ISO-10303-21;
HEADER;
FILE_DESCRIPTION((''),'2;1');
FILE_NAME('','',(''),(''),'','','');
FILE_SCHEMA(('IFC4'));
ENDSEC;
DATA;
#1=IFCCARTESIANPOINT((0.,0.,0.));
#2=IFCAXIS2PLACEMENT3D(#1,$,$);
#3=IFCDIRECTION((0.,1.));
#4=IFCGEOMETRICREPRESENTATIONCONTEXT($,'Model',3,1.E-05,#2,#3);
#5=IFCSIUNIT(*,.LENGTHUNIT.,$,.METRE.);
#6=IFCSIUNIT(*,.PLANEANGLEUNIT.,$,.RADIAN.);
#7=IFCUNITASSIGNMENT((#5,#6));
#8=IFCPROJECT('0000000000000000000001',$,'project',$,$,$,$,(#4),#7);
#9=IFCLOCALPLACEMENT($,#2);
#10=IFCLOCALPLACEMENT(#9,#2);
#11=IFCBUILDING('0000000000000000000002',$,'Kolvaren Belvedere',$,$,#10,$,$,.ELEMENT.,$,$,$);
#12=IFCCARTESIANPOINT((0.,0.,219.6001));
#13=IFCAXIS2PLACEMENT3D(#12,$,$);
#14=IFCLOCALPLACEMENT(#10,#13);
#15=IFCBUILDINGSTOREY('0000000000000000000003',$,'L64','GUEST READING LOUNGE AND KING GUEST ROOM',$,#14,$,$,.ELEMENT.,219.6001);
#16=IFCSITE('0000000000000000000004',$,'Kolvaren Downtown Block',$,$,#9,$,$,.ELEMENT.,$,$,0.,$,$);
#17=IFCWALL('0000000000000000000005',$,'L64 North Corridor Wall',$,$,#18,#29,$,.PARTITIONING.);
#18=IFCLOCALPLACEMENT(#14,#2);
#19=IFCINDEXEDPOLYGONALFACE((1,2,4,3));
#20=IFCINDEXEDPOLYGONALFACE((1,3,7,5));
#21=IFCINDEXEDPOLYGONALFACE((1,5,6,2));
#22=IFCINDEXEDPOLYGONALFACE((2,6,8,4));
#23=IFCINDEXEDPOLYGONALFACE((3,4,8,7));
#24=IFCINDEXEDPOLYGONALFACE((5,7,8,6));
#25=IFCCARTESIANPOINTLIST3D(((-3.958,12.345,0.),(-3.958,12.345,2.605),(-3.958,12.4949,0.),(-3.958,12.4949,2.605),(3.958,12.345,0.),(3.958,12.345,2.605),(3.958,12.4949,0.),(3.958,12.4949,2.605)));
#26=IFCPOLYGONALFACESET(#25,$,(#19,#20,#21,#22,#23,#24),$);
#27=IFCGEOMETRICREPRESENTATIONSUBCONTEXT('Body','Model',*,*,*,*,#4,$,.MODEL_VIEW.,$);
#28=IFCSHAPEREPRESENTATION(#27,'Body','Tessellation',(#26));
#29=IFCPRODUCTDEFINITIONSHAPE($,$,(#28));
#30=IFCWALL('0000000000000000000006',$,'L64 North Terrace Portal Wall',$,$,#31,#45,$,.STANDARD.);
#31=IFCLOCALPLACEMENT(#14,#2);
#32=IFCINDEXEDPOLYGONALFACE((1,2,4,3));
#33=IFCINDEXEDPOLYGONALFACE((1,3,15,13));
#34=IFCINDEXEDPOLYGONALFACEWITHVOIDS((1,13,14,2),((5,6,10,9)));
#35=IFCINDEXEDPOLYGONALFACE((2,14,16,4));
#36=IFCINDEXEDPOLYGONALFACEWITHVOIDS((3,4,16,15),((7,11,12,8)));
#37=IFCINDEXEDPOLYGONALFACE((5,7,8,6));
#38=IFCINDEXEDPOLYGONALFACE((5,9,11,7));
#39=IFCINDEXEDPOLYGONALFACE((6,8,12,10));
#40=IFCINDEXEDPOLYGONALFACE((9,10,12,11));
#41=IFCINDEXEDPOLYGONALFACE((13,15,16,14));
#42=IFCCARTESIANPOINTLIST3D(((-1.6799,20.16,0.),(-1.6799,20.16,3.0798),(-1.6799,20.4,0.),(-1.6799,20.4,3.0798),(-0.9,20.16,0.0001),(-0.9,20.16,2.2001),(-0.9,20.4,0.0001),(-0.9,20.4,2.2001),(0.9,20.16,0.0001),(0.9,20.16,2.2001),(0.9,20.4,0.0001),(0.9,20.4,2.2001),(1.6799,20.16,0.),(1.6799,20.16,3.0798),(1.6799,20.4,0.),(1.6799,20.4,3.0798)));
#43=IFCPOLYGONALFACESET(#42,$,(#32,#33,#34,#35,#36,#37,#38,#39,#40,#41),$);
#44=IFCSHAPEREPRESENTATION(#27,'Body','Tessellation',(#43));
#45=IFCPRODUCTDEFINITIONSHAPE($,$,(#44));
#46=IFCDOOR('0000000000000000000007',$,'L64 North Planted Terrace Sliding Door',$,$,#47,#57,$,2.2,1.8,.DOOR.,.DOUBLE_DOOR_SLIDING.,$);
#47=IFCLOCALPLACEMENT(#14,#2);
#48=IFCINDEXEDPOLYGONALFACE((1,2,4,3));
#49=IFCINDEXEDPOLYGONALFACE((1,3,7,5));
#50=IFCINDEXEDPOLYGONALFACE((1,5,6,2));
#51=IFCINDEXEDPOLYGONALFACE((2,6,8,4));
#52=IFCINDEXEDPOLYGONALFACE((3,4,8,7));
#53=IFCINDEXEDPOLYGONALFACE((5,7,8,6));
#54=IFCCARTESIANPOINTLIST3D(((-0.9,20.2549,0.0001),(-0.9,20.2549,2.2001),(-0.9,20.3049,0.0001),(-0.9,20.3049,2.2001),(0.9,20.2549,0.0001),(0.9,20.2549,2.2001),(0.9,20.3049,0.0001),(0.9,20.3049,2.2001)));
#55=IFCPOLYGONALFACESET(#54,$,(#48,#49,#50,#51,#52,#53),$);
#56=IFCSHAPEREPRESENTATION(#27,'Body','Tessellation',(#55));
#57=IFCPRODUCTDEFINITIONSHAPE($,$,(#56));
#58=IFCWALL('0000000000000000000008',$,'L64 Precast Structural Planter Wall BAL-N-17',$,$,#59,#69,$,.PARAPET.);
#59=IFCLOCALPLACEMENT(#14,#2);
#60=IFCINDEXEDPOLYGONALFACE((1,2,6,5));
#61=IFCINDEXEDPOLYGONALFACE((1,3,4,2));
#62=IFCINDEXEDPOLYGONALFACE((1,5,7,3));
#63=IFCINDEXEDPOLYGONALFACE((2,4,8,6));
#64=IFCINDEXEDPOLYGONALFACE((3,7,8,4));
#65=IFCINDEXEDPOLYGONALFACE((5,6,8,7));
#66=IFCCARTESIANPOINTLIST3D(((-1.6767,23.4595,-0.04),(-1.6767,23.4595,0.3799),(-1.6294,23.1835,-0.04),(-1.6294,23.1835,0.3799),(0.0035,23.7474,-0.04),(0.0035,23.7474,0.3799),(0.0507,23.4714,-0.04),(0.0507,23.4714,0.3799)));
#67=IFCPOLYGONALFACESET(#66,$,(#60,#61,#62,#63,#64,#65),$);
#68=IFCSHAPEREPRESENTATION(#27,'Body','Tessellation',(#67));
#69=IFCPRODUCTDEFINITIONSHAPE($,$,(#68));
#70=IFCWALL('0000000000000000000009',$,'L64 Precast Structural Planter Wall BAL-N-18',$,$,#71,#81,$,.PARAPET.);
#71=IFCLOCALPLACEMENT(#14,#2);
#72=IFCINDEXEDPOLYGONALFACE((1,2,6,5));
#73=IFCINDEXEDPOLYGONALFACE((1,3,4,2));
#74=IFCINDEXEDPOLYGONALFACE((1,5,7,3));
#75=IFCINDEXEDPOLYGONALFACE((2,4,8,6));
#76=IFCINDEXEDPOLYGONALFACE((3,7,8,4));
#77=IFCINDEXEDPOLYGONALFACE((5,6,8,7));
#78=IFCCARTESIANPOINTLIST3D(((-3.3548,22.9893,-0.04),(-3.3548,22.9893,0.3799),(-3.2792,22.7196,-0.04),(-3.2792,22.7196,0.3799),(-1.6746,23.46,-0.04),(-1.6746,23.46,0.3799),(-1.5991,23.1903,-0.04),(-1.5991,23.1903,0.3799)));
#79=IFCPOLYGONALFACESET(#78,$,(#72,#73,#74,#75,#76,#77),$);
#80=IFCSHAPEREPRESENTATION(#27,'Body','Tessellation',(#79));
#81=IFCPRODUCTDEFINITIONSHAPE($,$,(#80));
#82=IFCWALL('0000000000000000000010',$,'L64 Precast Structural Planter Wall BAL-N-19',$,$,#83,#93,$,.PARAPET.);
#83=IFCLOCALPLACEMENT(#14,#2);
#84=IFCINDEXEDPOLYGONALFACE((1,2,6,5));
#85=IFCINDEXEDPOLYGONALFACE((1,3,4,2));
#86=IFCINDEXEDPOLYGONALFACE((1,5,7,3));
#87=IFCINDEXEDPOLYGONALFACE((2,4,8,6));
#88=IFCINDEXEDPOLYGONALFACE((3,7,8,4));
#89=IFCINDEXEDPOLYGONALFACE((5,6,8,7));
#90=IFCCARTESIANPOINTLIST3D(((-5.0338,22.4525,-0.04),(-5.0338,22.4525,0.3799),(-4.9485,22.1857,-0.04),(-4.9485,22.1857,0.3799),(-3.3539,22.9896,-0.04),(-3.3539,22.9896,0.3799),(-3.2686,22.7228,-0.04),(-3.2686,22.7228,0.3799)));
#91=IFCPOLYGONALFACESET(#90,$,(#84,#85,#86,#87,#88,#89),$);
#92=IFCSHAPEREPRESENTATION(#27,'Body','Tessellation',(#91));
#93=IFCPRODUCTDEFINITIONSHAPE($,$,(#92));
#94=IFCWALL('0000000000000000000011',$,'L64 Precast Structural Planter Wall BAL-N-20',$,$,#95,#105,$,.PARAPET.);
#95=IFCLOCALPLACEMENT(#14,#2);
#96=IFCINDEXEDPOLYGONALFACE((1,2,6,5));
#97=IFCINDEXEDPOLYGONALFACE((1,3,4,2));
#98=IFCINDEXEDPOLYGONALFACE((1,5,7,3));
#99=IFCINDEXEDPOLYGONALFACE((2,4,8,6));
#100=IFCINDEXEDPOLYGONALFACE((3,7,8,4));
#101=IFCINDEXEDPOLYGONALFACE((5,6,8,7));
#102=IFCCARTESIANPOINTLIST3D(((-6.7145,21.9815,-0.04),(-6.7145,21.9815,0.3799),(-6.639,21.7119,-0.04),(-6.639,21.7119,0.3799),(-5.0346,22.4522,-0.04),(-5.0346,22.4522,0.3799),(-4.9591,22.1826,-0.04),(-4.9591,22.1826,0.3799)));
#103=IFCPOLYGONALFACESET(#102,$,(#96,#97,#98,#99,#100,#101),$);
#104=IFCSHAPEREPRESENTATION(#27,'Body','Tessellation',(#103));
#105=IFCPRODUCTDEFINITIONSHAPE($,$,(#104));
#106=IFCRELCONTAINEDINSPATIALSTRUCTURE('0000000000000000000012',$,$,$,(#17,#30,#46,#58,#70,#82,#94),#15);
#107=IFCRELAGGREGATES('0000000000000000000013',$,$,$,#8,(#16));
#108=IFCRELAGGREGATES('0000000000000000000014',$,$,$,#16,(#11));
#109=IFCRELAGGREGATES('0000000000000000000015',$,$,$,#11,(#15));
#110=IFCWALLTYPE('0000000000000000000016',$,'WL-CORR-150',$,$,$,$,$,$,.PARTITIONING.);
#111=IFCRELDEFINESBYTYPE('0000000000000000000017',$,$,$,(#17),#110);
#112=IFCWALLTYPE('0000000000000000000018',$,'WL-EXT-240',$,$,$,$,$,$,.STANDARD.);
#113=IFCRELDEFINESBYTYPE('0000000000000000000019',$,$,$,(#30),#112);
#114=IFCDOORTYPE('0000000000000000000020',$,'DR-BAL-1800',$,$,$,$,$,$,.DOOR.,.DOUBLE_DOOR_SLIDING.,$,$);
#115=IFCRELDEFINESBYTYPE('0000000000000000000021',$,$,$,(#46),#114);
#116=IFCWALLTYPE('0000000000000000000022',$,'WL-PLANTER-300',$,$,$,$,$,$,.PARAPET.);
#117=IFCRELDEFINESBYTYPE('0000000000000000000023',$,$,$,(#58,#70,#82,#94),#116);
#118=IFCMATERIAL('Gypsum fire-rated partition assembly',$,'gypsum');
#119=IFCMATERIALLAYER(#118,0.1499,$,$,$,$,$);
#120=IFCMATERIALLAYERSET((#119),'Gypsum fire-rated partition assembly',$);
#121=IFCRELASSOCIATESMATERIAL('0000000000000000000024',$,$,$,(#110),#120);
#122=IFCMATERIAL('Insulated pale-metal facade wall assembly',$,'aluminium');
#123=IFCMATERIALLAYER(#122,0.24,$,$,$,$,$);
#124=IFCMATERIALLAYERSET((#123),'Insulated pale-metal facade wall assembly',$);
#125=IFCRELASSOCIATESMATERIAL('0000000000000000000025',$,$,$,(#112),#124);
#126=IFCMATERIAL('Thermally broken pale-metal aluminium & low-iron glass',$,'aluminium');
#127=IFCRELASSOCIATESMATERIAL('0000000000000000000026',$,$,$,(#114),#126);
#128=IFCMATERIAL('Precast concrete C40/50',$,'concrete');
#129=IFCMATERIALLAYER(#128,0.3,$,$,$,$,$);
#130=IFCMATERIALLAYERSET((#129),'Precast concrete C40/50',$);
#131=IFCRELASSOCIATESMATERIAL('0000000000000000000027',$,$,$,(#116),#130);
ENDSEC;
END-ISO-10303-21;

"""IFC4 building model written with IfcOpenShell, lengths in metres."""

from ifc_helpers import new_model, si_unit, direction, frame, frame_2d, origin, place, context, subcontext, project, spatial, rectangle, extrude, material, layer, layer_set, type_object, element, fill, save


model = new_model("IFC4")

# Units and contexts
model_context = context("Model", 3, precision=1e-05, world=origin(), true_north=direction((0.0, 1.0)))
body_context = subcontext(model_context, "Body", "Model", "MODEL_VIEW")
ifc_project = project(units=[si_unit("LENGTHUNIT", "METRE"), si_unit("PLANEANGLEUNIT", "RADIAN")], contexts=[model_context])

# Site, building, storey
site_placement = place(None, origin())
site = spatial("IfcSite", under=ifc_project, at=site_placement, Name="Kolvaren Downtown Block", CompositionType="ELEMENT", RefElevation=0.0)
building_placement = place(site_placement, origin())
building = spatial("IfcBuilding", under=site, at=building_placement, Name="Kolvaren Belvedere", CompositionType="ELEMENT")
storey_placement = place(building_placement, frame((0.0, 0.0, 219.6001)))
storey = spatial("IfcBuildingStorey", under=building, at=storey_placement, Name="L64", Description="GUEST READING LOUNGE AND KING GUEST ROOM", CompositionType="ELEMENT", Elevation=219.6001)

# Wall
ifc_material_1 = material(Name="Gypsum fire-rated partition assembly", Category="gypsum")
ifc_layer_1 = layer(ifc_material_1, 0.1499)
ifc_layer_set_1 = layer_set([ifc_layer_1], Name="Gypsum fire-rated partition assembly")
wall_type_1 = type_object("IfcWallType", Name="WL-CORR-150", PredefinedType="PARTITIONING", material=ifc_layer_set_1)
wall_1_placement = place(storey_placement, frame((-3.958, 12.4199, 0.0), z_axis=(0.0, 0.0, 1.0), x_axis=(1.0, 0.0, 0.0)))
element("IfcWall", 1, at=wall_1_placement, inside=storey, type_object=wall_type_1, Name="L64 North Corridor Wall", PredefinedType="PARTITIONING", context=body_context, shape_type="SweptSolid", body=[
    extrude(rectangle(XDim=7.916, YDim=0.1499, at=frame_2d((3.958, 0.0))), origin(), (0.0, 0.0, 1.0), 2.605),
])

# Wall, opening, door
ifc_material_2 = material(Name="Insulated pale-metal facade wall assembly", Category="aluminium")
ifc_layer_2 = layer(ifc_material_2, 0.24)
ifc_layer_set_2 = layer_set([ifc_layer_2], Name="Insulated pale-metal facade wall assembly")
wall_type_2 = type_object("IfcWallType", Name="WL-EXT-240", PredefinedType="STANDARD", material=ifc_layer_set_2)
wall_2_placement = place(storey_placement, frame((-1.6799, 20.28, 0.0), z_axis=(0.0, 0.0, 1.0), x_axis=(1.0, 0.0, 0.0)))
wall_2 = element("IfcWall", 2, at=wall_2_placement, inside=storey, type_object=wall_type_2, Name="L64 North Terrace Portal Wall", PredefinedType="STANDARD", context=body_context, shape_type="SweptSolid", body=[
    extrude(rectangle(XDim=3.3599, YDim=0.24, at=frame_2d((1.6799, 0.0))), origin(), (0.0, 0.0, 1.0), 3.0798),
])
opening_placement = place(wall_2_placement, frame((0.78, 0.0, 0.0)))
opening = element("IfcOpeningElement", 3, at=opening_placement, cuts=wall_2, PredefinedType="OPENING", context=body_context, shape_type="SweptSolid", body=[
    extrude(rectangle(XDim=1.8, YDim=2.2, at=frame_2d((0.8999, 1.1001))), frame((0.0, 0.1299, 0.0), z_axis=(0.0, -1.0, 0.0), x_axis=(1.0, 0.0, 0.0)), (0.0, 0.0, 1.0), 0.26),
])
ifc_material_3 = material(Name="Thermally broken pale-metal aluminium & low-iron glass", Category="aluminium")
door_type = type_object("IfcDoorType", Name="DR-BAL-1800", OperationType="DOUBLE_DOOR_SLIDING", PredefinedType="DOOR", material=ifc_material_3)
door_placement = place(opening_placement, origin())
door = element("IfcDoor", 4, at=door_placement, inside=storey, type_object=door_type, Name="L64 North Planted Terrace Sliding Door", OperationType="DOUBLE_DOOR_SLIDING", OverallHeight=2.2, OverallWidth=1.8, PredefinedType="DOOR", context=body_context, shape_type="SweptSolid", body=[
    extrude(rectangle(XDim=1.8, YDim=2.2, at=frame_2d((0.8999, 1.1001))), frame((0.0, 0.0249, 0.0), z_axis=(0.0, -1.0, 0.0), x_axis=(1.0, 0.0, 0.0)), (0.0, 0.0, 1.0), 0.05),
])
fill(opening, door)

# Walls
ifc_material_4 = material(Name="Precast concrete C40/50", Category="concrete")
ifc_layer_3 = layer(ifc_material_4, 0.3)
ifc_layer_set_3 = layer_set([ifc_layer_3], Name="Precast concrete C40/50")
wall_type_3 = type_object("IfcWallType", Name="WL-PLANTER-300", PredefinedType="PARAPET", material=ifc_layer_set_3)
wall_3_placement = place(storey_placement, frame((0.0271, 23.6094, -0.04), z_axis=(0.0, 0.0, 1.0), x_axis=(-0.985641, -0.168856, 0.0)))
element("IfcWall", 5, at=wall_3_placement, inside=storey, type_object=wall_type_3, Name="L64 Precast Structural Planter Wall BAL-N-17", PredefinedType="PARAPET", context=body_context, shape_type="SweptSolid", body=[
    extrude(rectangle(XDim=1.7046, YDim=0.28, at=frame_2d((0.8523, 0.0))), origin(), (0.0, 0.0, 1.0), 0.4199),
])
wall_4_placement = place(storey_placement, frame((-1.6367, 23.3252, -0.04), z_axis=(0.0, 0.0, 1.0), x_axis=(-0.962926, -0.269765, 0.0)))
element("IfcWall", 6, at=wall_4_placement, inside=storey, type_object=wall_type_3, Name="L64 Precast Structural Planter Wall BAL-N-18", PredefinedType="PARAPET", context=body_context, shape_type="SweptSolid", body=[
    extrude(rectangle(XDim=1.7449, YDim=0.28, at=frame_2d((0.8726, 0.0))), origin(), (0.0, 0.0, 1.0), 0.4199),
])
wall_5_placement = place(storey_placement, frame((-3.3113, 22.8562, -0.04), z_axis=(0.0, 0.0, 1.0), x_axis=(-0.952501, -0.304535, 0.0)))
element("IfcWall", 7, at=wall_5_placement, inside=storey, type_object=wall_type_3, Name="L64 Precast Structural Planter Wall BAL-N-19", PredefinedType="PARAPET", context=body_context, shape_type="SweptSolid", body=[
    extrude(rectangle(XDim=1.7637, YDim=0.28, at=frame_2d((0.8818, 0.0))), origin(), (0.0, 0.0, 1.0), 0.4199),
])
wall_6_placement = place(storey_placement, frame((-4.9968, 22.3174, -0.04), z_axis=(0.0, 0.0, 1.0), x_axis=(-0.962916, -0.269801, 0.0)))
element("IfcWall", 8, at=wall_6_placement, inside=storey, type_object=wall_type_3, Name="L64 Precast Structural Planter Wall BAL-N-20", PredefinedType="PARAPET", context=body_context, shape_type="SweptSolid", body=[
    extrude(rectangle(XDim=1.7446, YDim=0.28, at=frame_2d((0.8723, 0.0))), origin(), (0.0, 0.0, 1.0), 0.4199),
])

save(model, "model.ifc")
